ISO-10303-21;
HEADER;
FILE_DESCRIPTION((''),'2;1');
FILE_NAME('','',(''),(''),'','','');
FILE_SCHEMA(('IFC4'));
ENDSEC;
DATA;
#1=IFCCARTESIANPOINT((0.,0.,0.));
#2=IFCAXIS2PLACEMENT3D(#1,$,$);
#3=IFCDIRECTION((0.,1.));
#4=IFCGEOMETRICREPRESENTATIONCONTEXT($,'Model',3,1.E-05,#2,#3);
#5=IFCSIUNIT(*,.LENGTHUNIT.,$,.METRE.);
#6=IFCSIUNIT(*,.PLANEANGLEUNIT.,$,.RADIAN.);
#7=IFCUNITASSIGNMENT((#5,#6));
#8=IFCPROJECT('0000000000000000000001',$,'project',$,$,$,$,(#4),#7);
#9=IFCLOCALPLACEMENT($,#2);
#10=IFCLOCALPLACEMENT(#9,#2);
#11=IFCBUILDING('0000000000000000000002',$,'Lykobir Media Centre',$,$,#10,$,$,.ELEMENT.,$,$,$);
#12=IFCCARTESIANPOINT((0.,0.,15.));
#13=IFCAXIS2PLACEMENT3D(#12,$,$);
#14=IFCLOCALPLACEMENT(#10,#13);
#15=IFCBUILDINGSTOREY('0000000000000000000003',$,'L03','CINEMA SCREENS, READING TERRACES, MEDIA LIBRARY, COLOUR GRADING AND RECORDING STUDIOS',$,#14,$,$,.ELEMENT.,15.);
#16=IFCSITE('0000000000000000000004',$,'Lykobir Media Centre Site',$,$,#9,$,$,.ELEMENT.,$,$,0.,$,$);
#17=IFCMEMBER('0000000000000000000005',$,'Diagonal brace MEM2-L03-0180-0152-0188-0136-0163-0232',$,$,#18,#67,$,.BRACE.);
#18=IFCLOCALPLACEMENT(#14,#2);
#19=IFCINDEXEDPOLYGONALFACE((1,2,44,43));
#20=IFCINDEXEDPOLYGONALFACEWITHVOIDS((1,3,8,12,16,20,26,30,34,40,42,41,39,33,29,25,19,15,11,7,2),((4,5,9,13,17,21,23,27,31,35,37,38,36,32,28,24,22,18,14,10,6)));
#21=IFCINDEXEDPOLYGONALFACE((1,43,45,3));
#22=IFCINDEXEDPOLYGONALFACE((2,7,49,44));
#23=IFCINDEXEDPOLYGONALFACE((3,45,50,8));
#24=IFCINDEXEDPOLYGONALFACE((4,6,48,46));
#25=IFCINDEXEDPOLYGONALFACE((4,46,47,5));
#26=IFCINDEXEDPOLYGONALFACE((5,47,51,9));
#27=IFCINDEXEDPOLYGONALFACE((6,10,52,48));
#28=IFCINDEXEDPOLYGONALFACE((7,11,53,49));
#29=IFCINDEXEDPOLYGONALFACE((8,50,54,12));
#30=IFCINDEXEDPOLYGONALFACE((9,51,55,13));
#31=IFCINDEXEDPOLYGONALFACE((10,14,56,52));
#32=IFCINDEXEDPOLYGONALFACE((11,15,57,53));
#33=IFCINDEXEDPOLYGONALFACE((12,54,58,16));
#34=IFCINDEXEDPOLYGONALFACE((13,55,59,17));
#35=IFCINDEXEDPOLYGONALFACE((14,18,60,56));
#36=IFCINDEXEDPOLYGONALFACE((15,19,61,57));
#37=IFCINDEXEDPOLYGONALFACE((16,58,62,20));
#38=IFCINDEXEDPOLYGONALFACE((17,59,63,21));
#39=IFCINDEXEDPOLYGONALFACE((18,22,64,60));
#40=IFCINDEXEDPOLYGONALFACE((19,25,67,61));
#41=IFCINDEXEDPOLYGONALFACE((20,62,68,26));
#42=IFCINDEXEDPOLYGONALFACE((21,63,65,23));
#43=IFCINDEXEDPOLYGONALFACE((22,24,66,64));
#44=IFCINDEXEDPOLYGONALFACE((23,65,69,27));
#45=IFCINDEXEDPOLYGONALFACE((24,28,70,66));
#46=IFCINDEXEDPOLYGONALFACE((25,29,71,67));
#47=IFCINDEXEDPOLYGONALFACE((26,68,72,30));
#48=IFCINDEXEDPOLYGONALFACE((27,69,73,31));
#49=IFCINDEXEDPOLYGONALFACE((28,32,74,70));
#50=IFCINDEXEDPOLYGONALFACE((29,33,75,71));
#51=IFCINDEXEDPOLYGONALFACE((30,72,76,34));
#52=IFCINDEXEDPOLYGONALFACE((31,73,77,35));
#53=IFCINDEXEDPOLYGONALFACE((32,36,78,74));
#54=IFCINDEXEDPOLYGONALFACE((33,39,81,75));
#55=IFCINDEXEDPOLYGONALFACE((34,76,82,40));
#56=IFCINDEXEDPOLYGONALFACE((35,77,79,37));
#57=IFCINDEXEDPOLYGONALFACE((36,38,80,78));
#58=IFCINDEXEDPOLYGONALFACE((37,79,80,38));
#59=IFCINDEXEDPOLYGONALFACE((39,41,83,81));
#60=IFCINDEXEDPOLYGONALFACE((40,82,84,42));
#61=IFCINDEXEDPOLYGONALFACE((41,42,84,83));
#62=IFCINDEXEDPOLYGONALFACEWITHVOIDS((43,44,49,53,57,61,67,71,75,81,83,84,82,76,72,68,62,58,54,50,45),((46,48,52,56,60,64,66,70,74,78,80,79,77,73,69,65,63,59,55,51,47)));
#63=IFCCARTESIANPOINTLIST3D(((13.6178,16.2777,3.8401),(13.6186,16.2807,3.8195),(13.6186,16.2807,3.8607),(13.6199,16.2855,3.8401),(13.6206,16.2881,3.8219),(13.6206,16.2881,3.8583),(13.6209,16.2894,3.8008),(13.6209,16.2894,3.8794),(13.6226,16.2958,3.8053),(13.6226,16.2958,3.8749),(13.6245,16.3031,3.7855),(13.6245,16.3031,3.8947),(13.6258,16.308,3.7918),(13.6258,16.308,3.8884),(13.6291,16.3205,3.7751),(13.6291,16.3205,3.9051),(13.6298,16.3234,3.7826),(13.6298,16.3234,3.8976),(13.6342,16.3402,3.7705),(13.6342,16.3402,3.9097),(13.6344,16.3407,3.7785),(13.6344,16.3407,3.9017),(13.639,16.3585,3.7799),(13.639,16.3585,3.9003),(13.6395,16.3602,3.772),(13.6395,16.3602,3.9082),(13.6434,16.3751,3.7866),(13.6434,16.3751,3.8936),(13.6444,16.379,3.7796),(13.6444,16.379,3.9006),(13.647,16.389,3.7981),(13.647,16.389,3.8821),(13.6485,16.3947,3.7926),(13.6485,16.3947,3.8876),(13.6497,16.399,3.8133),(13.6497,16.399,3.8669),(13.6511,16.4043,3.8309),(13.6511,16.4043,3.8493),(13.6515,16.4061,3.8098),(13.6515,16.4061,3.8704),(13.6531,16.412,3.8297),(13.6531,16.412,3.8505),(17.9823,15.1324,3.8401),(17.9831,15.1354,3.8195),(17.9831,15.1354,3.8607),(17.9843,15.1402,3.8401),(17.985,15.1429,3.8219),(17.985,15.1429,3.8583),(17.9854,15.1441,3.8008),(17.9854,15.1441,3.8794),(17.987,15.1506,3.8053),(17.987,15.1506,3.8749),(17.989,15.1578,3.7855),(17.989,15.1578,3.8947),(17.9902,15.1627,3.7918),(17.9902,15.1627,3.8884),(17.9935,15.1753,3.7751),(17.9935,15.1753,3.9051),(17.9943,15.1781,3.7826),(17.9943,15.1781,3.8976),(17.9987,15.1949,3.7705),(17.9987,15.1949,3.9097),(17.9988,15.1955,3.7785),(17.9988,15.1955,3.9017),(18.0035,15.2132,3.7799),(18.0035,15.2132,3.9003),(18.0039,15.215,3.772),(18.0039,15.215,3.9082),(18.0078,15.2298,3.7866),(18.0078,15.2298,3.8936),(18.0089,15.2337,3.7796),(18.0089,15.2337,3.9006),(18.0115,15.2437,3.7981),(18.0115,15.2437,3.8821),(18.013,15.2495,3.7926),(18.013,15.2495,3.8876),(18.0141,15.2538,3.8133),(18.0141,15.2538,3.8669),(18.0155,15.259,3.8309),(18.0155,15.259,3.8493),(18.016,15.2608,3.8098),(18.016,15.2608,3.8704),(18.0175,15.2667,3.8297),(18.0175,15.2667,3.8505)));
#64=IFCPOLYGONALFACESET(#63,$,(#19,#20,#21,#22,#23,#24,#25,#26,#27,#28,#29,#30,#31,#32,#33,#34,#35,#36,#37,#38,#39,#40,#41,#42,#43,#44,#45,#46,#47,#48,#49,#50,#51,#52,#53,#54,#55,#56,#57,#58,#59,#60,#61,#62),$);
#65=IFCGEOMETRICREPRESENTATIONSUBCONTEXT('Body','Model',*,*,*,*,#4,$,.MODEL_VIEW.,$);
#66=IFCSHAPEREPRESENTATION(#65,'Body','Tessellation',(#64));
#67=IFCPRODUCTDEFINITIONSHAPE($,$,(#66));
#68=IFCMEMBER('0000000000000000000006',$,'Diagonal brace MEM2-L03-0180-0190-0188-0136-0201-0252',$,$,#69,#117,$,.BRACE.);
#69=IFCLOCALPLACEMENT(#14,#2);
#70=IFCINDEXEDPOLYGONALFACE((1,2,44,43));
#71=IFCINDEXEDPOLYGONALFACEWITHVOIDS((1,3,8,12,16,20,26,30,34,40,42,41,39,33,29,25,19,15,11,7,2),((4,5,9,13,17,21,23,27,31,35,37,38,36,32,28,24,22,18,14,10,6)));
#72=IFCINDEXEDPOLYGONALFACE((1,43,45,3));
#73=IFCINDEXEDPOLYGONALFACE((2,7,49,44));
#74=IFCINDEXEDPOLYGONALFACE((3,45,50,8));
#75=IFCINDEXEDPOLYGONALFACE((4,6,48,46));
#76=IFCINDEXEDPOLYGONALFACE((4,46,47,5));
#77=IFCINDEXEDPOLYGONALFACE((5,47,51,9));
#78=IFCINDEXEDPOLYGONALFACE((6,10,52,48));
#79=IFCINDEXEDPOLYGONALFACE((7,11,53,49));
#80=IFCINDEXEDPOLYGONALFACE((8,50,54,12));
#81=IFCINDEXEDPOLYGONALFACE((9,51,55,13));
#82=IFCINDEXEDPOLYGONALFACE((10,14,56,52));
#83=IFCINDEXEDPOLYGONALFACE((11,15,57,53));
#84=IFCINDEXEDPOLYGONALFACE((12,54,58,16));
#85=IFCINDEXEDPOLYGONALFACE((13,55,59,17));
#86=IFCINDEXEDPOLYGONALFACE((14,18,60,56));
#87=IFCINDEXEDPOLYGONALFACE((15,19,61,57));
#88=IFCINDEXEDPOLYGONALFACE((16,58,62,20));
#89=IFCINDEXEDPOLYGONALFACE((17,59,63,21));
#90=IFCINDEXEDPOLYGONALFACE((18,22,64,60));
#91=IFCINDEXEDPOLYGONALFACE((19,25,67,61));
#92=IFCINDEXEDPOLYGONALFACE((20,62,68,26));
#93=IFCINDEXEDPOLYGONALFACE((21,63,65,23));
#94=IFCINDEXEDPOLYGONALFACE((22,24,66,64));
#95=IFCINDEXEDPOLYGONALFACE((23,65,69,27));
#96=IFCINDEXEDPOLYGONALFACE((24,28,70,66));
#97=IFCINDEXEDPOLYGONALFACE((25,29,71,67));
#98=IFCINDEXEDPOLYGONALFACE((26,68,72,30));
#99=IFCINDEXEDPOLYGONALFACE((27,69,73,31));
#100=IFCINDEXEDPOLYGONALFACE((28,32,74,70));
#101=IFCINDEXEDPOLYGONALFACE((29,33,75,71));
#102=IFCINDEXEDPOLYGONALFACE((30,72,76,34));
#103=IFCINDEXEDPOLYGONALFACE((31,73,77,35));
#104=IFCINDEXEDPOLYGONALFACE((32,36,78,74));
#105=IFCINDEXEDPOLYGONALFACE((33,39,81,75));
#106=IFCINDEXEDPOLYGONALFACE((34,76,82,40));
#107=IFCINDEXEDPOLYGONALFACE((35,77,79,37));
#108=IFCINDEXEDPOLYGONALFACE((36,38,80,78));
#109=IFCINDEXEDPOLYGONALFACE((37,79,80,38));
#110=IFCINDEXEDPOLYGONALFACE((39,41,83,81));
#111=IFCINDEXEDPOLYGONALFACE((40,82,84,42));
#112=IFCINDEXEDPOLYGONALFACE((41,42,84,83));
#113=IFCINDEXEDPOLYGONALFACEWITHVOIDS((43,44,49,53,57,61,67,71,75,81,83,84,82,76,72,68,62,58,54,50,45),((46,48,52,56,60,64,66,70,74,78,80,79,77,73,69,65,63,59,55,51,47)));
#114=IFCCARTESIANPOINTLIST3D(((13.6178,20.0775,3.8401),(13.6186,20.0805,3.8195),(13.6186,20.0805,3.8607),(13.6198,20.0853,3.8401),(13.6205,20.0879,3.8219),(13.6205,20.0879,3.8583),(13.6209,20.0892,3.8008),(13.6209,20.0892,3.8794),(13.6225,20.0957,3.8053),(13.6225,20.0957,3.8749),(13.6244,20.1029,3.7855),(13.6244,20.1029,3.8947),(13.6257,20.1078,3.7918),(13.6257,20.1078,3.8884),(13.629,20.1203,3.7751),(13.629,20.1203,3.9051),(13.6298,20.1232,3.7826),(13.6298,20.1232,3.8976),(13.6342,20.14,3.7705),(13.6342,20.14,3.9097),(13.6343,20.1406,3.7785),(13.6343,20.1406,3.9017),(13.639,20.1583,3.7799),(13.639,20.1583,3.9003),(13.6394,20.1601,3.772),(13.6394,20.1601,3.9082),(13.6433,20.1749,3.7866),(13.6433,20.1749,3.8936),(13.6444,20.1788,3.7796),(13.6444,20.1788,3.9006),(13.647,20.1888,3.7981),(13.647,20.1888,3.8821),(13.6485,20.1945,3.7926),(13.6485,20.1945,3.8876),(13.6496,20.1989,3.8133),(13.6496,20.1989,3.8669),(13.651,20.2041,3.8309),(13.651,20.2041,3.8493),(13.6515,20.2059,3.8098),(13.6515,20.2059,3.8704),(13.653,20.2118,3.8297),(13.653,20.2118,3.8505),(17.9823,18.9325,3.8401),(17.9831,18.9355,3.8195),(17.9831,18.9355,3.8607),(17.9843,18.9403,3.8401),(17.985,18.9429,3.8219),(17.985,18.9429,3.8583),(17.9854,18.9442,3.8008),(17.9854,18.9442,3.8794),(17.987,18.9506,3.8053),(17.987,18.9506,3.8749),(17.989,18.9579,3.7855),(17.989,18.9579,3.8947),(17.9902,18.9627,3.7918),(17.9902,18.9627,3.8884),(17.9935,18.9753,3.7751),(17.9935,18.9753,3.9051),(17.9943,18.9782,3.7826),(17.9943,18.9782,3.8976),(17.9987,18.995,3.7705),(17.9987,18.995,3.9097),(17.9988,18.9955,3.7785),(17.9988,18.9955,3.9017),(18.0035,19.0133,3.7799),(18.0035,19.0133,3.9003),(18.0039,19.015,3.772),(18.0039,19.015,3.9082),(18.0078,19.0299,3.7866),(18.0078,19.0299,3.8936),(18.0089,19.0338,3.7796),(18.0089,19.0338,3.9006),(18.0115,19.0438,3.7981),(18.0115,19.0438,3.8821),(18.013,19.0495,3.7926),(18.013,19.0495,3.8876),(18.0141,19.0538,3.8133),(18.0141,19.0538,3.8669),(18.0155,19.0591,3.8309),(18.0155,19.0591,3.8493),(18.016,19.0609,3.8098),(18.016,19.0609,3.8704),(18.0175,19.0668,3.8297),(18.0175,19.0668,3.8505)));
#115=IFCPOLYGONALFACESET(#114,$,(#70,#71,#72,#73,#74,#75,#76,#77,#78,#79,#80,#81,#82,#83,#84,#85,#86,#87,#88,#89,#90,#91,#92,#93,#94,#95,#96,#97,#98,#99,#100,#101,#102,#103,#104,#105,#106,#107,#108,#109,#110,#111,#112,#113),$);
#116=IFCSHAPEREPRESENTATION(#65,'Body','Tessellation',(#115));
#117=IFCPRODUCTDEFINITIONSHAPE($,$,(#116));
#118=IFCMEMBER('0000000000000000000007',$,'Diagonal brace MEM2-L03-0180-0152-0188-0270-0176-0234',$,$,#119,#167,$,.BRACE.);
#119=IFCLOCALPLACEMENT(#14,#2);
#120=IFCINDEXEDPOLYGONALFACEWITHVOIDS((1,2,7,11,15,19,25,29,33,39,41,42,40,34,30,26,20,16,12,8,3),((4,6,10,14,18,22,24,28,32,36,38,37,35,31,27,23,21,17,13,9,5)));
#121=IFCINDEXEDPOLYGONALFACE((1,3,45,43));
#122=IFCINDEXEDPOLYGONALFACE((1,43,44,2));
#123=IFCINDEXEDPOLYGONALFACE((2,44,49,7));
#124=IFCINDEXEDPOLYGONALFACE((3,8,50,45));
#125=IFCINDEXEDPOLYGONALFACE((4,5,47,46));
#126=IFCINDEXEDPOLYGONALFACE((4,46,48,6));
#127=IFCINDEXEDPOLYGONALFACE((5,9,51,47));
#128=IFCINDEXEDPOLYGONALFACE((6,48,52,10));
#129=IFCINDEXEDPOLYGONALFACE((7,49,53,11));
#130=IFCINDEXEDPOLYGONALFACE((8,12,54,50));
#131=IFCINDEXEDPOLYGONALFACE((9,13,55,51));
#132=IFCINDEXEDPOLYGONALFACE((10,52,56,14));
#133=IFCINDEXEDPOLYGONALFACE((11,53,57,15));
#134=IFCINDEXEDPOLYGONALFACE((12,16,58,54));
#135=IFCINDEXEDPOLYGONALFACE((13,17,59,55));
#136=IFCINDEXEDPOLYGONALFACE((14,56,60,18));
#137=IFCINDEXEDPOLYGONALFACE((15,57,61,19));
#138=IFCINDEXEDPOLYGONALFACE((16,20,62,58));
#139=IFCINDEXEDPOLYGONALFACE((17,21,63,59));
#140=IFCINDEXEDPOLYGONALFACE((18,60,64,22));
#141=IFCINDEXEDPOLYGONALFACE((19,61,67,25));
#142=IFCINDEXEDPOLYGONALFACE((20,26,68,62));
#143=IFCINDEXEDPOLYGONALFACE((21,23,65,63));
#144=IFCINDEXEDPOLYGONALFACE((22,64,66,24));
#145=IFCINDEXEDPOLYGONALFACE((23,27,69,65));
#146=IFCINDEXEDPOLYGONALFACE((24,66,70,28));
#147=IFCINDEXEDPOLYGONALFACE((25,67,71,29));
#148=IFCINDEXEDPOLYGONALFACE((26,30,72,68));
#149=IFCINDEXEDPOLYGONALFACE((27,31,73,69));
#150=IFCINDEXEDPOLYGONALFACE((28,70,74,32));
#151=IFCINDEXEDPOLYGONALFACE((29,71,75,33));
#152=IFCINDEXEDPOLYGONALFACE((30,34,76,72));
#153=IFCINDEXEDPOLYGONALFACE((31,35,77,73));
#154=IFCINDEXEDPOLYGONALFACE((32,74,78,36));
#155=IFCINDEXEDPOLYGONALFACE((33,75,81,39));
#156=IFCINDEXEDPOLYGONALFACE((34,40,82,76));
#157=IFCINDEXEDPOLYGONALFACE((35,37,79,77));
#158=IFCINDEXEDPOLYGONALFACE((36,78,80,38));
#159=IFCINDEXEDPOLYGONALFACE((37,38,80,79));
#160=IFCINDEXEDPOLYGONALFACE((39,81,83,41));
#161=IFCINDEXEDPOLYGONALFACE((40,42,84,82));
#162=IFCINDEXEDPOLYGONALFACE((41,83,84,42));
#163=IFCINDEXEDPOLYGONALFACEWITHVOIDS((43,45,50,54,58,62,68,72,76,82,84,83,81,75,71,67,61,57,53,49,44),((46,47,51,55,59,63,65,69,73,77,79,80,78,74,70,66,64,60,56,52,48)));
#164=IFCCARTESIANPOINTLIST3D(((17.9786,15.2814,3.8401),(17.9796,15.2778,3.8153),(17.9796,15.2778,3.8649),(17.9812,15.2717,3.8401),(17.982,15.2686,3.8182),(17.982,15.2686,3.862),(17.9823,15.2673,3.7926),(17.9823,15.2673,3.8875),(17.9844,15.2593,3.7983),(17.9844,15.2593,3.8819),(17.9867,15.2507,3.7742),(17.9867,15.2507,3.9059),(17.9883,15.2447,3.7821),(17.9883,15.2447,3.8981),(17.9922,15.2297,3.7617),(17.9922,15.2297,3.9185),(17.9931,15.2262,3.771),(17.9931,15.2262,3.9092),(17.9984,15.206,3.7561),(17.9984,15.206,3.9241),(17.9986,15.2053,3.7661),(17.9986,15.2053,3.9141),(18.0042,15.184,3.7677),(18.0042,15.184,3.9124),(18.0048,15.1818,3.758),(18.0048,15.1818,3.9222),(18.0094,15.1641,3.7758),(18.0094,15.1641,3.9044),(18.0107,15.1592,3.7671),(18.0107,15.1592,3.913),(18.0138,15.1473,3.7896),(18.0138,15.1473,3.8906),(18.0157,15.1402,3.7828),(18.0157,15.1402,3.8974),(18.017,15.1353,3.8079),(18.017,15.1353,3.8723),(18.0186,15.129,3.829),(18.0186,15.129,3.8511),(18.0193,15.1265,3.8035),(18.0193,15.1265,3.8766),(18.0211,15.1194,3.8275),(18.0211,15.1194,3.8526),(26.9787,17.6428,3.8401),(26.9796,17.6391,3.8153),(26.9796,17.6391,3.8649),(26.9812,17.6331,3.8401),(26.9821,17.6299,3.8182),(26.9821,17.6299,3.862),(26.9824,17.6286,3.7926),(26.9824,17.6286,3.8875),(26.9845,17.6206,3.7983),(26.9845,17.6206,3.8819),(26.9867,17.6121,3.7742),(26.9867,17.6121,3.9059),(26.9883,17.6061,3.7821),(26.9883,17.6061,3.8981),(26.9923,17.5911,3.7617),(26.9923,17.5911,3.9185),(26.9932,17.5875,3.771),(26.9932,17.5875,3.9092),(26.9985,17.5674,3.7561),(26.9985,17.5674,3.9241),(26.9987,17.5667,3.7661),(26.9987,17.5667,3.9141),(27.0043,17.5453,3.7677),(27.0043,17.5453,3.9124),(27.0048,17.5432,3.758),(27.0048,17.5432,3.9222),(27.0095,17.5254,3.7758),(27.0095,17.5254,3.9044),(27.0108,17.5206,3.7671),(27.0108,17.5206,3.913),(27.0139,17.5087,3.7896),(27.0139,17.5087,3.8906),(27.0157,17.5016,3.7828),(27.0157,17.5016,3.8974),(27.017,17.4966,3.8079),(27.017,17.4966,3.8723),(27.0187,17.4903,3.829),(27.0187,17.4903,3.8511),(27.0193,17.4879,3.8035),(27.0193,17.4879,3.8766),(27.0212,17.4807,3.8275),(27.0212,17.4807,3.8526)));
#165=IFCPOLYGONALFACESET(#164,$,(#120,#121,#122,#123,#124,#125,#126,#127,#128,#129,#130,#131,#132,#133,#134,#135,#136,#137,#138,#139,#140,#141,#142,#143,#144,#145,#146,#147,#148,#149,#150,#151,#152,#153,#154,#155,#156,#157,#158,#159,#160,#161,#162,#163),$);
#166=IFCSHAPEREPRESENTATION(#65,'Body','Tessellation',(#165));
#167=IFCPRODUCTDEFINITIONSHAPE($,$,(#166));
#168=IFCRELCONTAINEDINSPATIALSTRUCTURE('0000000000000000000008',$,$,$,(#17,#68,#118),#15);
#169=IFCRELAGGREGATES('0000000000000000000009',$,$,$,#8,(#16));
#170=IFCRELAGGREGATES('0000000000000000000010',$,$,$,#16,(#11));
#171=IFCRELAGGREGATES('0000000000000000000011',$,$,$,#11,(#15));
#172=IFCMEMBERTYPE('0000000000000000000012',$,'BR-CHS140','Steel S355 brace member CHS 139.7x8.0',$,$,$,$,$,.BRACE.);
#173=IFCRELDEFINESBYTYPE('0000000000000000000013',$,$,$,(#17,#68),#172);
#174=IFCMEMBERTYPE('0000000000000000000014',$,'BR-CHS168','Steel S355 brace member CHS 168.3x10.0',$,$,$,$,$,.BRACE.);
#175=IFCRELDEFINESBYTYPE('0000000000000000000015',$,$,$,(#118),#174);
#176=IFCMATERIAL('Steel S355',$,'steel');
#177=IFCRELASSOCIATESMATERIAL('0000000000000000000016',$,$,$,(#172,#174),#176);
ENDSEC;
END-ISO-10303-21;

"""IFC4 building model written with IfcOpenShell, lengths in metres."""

from ifc_helpers import new_model, si_unit, direction, frame, origin, origin_2d, place, context, subcontext, project, spatial, hollow_circle, extrude, material, material_profile, profile_set, type_object, element, save


model = new_model("IFC4")

# Units and contexts
model_context = context("Model", 3, precision=1e-05, world=origin(), true_north=direction((0.0, 1.0)))
body_context = subcontext(model_context, "Body", "Model", "MODEL_VIEW")
ifc_project = project(units=[si_unit("LENGTHUNIT", "METRE"), si_unit("PLANEANGLEUNIT", "RADIAN")], contexts=[model_context])

# Site, building, storey
site_placement = place(None, origin())
site = spatial("IfcSite", under=ifc_project, at=site_placement, Name="Lykobir Media Centre Site", CompositionType="ELEMENT", RefElevation=0.0)
building_placement = place(site_placement, origin())
building = spatial("IfcBuilding", under=site, at=building_placement, Name="Lykobir Media Centre", CompositionType="ELEMENT")
storey_placement = place(building_placement, frame((0.0, 0.0, 15.0)))
storey = spatial("IfcBuildingStorey", under=building, at=storey_placement, Name="L03", Description="CINEMA SCREENS, READING TERRACES, MEDIA LIBRARY, COLOUR GRADING AND RECORDING STUDIOS", CompositionType="ELEMENT", Elevation=15.0)

# Members
ifc_material_1 = material(Name="Steel S355", Category="steel")
ifc_material_profile_1 = material_profile(ifc_material_1, hollow_circle(Radius=0.0698, WallThickness=0.0081, at=origin_2d()), Name="CHS 139.7x8.0")
ifc_profile_set_1 = profile_set([ifc_material_profile_1], Name="Steel S355")
member_type_1 = type_object("IfcMemberType", Name="BR-CHS140", Description="Steel S355 brace member CHS 139.7x8.0", PredefinedType="BRACE", material=ifc_profile_set_1)
for number, where, z_axis, x_axis, name in (
    (1, (18.0, 15.2, 3.8401), (-0.967254, 0.253811, 0.0), (-0.253811, -0.967254, 0.0), "Diagonal brace MEM2-L03-0180-0152-0188-0136-0163-0232"),
    (2, (18.0, 19.0, 3.8401), (-0.967267, 0.253761, 0.0), (-0.253761, -0.967267, 0.0), "Diagonal brace MEM2-L03-0180-0190-0188-0136-0201-0252"),
):
    element("IfcMember", number, at=place(storey_placement, frame(where, z_axis=z_axis, x_axis=x_axis)), inside=storey, type_object=member_type_1, Name=name, PredefinedType="BRACE", context=body_context, shape_type="SweptSolid", body=[
        extrude(hollow_circle(Radius=0.0698, WallThickness=0.0081, at=origin_2d()), origin(), (0.0, 0.0, 1.0), 4.5122),
    ])
ifc_material_profile_2 = material_profile(ifc_material_1, hollow_circle(Radius=0.0842, WallThickness=0.01, at=origin_2d()), Name="CHS 168.3x10.0")
ifc_profile_set_2 = profile_set([ifc_material_profile_2], Name="Steel S355")
member_type_2 = type_object("IfcMemberType", Name="BR-CHS168", Description="Steel S355 brace member CHS 168.3x10.0", PredefinedType="BRACE", material=ifc_profile_set_2)
for number, where, z_axis, x_axis, name in (
    (3, (18.0, 15.2, 3.8401), (0.967262, 0.25378, 0.0), (-0.25378, 0.967262, 0.0), "Diagonal brace MEM2-L03-0180-0152-0188-0270-0176-0234"),
):
    element("IfcMember", number, at=place(storey_placement, frame(where, z_axis=z_axis, x_axis=x_axis)), inside=storey, type_object=member_type_2, Name=name, PredefinedType="BRACE", context=body_context, shape_type="SweptSolid", body=[
        extrude(hollow_circle(Radius=0.0842, WallThickness=0.01, at=origin_2d()), origin(), (0.0, 0.0, 1.0), 9.3047),
    ])

save(model, "model.ifc")
